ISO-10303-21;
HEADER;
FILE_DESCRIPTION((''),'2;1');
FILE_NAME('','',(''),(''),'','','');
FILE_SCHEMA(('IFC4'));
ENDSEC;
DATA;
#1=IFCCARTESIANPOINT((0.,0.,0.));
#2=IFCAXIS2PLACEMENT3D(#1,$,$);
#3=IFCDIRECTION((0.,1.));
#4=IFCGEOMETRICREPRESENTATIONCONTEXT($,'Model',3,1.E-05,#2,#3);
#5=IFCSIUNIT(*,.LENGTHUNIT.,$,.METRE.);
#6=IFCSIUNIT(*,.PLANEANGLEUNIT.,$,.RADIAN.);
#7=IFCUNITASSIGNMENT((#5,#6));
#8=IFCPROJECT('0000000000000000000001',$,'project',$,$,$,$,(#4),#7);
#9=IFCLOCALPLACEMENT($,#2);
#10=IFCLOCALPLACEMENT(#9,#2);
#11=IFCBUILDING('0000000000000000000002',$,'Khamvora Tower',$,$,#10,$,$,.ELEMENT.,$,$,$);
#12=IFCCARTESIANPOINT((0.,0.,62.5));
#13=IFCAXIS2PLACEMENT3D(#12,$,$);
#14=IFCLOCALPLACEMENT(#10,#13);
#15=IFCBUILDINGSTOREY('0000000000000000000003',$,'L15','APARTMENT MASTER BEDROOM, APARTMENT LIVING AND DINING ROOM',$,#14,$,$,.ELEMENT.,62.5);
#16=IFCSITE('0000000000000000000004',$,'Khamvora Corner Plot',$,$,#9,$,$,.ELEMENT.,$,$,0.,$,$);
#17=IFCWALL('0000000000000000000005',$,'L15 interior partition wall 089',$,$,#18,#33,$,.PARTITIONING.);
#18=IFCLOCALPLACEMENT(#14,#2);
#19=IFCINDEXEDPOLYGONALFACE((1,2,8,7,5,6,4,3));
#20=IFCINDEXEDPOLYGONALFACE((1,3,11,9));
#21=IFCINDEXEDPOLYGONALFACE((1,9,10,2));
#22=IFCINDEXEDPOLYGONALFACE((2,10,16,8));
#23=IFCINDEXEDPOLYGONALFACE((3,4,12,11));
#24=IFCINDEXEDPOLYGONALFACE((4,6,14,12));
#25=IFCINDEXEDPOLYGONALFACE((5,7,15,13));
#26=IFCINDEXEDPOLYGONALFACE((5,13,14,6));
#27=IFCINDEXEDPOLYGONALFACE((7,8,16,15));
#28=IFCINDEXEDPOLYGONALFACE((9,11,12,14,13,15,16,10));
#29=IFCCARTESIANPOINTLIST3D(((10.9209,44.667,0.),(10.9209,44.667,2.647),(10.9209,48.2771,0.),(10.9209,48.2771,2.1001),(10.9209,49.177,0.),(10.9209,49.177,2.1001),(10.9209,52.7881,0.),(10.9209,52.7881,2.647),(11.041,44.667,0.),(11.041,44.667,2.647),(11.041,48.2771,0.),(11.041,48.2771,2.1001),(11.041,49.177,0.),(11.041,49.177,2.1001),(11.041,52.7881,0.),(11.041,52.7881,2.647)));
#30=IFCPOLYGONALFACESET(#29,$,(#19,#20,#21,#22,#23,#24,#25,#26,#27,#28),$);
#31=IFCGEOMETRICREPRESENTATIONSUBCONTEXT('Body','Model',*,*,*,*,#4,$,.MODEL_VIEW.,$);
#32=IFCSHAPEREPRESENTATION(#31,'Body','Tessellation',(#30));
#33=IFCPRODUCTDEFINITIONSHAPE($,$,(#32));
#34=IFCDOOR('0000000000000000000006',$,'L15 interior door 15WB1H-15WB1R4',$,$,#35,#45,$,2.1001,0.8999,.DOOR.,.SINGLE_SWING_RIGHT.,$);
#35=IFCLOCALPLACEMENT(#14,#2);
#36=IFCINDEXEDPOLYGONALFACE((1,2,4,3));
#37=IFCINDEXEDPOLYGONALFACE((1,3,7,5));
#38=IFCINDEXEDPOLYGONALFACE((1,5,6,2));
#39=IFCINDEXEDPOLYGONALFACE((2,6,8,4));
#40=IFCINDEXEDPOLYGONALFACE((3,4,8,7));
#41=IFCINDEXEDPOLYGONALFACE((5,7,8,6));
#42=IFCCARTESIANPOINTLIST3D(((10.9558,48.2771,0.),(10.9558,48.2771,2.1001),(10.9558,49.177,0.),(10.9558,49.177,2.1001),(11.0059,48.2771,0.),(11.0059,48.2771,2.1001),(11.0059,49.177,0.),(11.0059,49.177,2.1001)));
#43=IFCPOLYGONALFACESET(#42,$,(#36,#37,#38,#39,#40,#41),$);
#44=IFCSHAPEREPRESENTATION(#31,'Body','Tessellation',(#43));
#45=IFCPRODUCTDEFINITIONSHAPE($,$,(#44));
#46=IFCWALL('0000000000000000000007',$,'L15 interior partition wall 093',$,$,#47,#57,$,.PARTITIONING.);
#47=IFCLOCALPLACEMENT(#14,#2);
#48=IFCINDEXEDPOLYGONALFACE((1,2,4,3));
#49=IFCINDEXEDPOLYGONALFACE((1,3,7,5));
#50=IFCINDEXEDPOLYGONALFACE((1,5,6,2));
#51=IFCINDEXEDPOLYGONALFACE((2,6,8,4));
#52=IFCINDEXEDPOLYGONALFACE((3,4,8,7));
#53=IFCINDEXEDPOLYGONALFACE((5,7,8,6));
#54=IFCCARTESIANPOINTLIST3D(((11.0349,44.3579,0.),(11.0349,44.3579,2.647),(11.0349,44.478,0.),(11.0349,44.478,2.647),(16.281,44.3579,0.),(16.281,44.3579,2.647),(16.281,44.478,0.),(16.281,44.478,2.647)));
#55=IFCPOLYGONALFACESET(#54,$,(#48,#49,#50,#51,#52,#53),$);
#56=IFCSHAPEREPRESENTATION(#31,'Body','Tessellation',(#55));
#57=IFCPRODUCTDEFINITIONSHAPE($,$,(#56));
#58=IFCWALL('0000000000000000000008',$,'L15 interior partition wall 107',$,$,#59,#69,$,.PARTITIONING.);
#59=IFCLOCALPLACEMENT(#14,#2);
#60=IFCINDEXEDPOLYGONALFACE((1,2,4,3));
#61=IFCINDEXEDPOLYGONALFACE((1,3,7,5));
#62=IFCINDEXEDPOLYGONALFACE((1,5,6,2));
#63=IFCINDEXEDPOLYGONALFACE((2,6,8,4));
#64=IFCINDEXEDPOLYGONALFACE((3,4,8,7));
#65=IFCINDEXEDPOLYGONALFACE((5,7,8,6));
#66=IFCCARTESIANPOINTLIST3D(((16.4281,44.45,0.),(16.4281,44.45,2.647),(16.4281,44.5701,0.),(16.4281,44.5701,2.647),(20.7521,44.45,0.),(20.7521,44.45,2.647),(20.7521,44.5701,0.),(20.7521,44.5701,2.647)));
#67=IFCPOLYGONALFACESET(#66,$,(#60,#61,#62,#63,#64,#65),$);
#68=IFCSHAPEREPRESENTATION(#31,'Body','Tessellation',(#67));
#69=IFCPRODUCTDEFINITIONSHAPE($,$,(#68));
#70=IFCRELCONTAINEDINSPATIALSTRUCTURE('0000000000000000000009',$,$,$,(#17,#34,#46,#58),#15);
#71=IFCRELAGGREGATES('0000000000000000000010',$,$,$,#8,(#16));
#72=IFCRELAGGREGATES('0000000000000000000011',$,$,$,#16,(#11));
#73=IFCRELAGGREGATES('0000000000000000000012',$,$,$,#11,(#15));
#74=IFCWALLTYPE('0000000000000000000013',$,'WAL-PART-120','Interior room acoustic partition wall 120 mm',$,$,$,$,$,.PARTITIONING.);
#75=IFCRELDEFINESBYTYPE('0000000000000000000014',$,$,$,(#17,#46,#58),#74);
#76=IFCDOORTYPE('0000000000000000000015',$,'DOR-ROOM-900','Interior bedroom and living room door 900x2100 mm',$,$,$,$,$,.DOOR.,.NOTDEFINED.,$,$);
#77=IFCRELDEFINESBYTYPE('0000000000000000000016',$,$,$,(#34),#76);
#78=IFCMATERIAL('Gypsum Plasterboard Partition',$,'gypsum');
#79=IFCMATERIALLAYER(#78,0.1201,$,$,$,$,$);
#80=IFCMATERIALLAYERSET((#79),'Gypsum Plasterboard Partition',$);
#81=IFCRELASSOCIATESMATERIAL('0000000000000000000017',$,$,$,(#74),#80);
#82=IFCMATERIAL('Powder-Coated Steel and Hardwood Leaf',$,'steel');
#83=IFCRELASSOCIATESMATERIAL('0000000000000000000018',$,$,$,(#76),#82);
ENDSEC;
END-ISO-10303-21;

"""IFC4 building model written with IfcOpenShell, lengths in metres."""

from ifc_helpers import new_model, si_unit, direction, frame, frame_2d, origin, place, context, subcontext, project, spatial, rectangle, extrude, material, layer, layer_set, type_object, element, fill, save


model = new_model("IFC4")

# Units and contexts
model_context = context("Model", 3, precision=1e-05, world=origin(), true_north=direction((0.0, 1.0)))
body_context = subcontext(model_context, "Body", "Model", "MODEL_VIEW")
ifc_project = project(units=[si_unit("LENGTHUNIT", "METRE"), si_unit("PLANEANGLEUNIT", "RADIAN")], contexts=[model_context])

# Site, building, storey
site_placement = place(None, origin())
site = spatial("IfcSite", under=ifc_project, at=site_placement, Name="Khamvora Corner Plot", CompositionType="ELEMENT", RefElevation=0.0)
building_placement = place(site_placement, origin())
building = spatial("IfcBuilding", under=site, at=building_placement, Name="Khamvora Tower", CompositionType="ELEMENT")
storey_placement = place(building_placement, frame((0.0, 0.0, 62.5)))
storey = spatial("IfcBuildingStorey", under=building, at=storey_placement, Name="L15", Description="APARTMENT MASTER BEDROOM, APARTMENT LIVING AND DINING ROOM", CompositionType="ELEMENT", Elevation=62.5)

# Wall, opening, door
ifc_material_1 = material(Name="Gypsum Plasterboard Partition", Category="gypsum")
ifc_layer_1 = layer(ifc_material_1, 0.1201)
ifc_layer_set_1 = layer_set([ifc_layer_1], Name="Gypsum Plasterboard Partition")
wall_type_1 = type_object("IfcWallType", Name="WAL-PART-120", Description="Interior room acoustic partition wall 120 mm", PredefinedType="PARTITIONING", material=ifc_layer_set_1)
ifc_material_2 = material(Name="Powder-Coated Steel and Hardwood Leaf", Category="steel")
door_type = type_object("IfcDoorType", Name="DOR-ROOM-900", Description="Interior bedroom and living room door 900x2100 mm", OperationType="NOTDEFINED", PredefinedType="DOOR", material=ifc_material_2)
wall_1_placement = place(storey_placement, frame((10.981, 52.7881, 0.0), z_axis=(0.0, 0.0, 1.0), x_axis=(0.0, -1.0, 0.0)))
wall_1 = element("IfcWall", 1, at=wall_1_placement, inside=storey, type_object=wall_type_1, Name="L15 interior partition wall 089", PredefinedType="PARTITIONING", context=body_context, shape_type="SweptSolid", body=[
    extrude(rectangle(XDim=8.1211, YDim=0.1201, at=frame_2d((4.0605, 0.0))), origin(), (0.0, 0.0, 1.0), 2.647),
])
opening_1_placement = place(wall_1_placement, frame((3.6111, 0.0, 0.0)))
opening_1 = element("IfcOpeningElement", 2, at=opening_1_placement, cuts=wall_1, PredefinedType="OPENING", context=body_context, shape_type="SweptSolid", body=[
    extrude(rectangle(XDim=0.8999, YDim=2.1001, at=frame_2d((0.45, 1.05))), frame((0.0, 0.0701, 0.0), z_axis=(0.0, -1.0, 0.0), x_axis=(1.0, 0.0, 0.0)), (0.0, 0.0, 1.0), 0.1401),
])
door_1_placement = place(opening_1_placement, origin())
door_1 = element("IfcDoor", 3, at=door_1_placement, inside=storey, type_object=door_type, Name="L15 interior door 15WB1H-15WB1R4", OperationType="SINGLE_SWING_RIGHT", OverallHeight=2.1001, OverallWidth=0.8999, PredefinedType="DOOR", context=body_context, shape_type="SweptSolid", body=[
    extrude(rectangle(XDim=0.8999, YDim=2.1001, at=frame_2d((0.45, 1.05))), frame((0.0, 0.0249, 0.0), z_axis=(0.0, -1.0, 0.0), x_axis=(1.0, 0.0, 0.0)), (0.0, 0.0, 1.0), 0.05),
])
fill(opening_1, door_1)

# Walls
wall_2_placement = place(storey_placement, frame((11.0349, 44.418, 0.0), z_axis=(0.0, 0.0, 1.0), x_axis=(1.0, 0.0, 0.0)))
element("IfcWall", 4, at=wall_2_placement, inside=storey, type_object=wall_type_1, Name="L15 interior partition wall 093", PredefinedType="PARTITIONING", context=body_context, shape_type="SweptSolid", body=[
    extrude(rectangle(XDim=5.2461, YDim=0.1201, at=frame_2d((2.623, 0.0))), origin(), (0.0, 0.0, 1.0), 2.647),
])
wall_3_placement = place(storey_placement, frame((16.428, 44.51, 0.0), z_axis=(0.0, 0.0, 1.0), x_axis=(1.0, 0.0, 0.0)))
element("IfcWall", 5, at=wall_3_placement, inside=storey, type_object=wall_type_1, Name="L15 interior partition wall 107", PredefinedType="PARTITIONING", context=body_context, shape_type="SweptSolid", body=[
    extrude(rectangle(XDim=4.324, YDim=0.1201, at=frame_2d((2.1621, 0.0))), origin(), (0.0, 0.0, 1.0), 2.647),
])

save(model, "model.ifc")
